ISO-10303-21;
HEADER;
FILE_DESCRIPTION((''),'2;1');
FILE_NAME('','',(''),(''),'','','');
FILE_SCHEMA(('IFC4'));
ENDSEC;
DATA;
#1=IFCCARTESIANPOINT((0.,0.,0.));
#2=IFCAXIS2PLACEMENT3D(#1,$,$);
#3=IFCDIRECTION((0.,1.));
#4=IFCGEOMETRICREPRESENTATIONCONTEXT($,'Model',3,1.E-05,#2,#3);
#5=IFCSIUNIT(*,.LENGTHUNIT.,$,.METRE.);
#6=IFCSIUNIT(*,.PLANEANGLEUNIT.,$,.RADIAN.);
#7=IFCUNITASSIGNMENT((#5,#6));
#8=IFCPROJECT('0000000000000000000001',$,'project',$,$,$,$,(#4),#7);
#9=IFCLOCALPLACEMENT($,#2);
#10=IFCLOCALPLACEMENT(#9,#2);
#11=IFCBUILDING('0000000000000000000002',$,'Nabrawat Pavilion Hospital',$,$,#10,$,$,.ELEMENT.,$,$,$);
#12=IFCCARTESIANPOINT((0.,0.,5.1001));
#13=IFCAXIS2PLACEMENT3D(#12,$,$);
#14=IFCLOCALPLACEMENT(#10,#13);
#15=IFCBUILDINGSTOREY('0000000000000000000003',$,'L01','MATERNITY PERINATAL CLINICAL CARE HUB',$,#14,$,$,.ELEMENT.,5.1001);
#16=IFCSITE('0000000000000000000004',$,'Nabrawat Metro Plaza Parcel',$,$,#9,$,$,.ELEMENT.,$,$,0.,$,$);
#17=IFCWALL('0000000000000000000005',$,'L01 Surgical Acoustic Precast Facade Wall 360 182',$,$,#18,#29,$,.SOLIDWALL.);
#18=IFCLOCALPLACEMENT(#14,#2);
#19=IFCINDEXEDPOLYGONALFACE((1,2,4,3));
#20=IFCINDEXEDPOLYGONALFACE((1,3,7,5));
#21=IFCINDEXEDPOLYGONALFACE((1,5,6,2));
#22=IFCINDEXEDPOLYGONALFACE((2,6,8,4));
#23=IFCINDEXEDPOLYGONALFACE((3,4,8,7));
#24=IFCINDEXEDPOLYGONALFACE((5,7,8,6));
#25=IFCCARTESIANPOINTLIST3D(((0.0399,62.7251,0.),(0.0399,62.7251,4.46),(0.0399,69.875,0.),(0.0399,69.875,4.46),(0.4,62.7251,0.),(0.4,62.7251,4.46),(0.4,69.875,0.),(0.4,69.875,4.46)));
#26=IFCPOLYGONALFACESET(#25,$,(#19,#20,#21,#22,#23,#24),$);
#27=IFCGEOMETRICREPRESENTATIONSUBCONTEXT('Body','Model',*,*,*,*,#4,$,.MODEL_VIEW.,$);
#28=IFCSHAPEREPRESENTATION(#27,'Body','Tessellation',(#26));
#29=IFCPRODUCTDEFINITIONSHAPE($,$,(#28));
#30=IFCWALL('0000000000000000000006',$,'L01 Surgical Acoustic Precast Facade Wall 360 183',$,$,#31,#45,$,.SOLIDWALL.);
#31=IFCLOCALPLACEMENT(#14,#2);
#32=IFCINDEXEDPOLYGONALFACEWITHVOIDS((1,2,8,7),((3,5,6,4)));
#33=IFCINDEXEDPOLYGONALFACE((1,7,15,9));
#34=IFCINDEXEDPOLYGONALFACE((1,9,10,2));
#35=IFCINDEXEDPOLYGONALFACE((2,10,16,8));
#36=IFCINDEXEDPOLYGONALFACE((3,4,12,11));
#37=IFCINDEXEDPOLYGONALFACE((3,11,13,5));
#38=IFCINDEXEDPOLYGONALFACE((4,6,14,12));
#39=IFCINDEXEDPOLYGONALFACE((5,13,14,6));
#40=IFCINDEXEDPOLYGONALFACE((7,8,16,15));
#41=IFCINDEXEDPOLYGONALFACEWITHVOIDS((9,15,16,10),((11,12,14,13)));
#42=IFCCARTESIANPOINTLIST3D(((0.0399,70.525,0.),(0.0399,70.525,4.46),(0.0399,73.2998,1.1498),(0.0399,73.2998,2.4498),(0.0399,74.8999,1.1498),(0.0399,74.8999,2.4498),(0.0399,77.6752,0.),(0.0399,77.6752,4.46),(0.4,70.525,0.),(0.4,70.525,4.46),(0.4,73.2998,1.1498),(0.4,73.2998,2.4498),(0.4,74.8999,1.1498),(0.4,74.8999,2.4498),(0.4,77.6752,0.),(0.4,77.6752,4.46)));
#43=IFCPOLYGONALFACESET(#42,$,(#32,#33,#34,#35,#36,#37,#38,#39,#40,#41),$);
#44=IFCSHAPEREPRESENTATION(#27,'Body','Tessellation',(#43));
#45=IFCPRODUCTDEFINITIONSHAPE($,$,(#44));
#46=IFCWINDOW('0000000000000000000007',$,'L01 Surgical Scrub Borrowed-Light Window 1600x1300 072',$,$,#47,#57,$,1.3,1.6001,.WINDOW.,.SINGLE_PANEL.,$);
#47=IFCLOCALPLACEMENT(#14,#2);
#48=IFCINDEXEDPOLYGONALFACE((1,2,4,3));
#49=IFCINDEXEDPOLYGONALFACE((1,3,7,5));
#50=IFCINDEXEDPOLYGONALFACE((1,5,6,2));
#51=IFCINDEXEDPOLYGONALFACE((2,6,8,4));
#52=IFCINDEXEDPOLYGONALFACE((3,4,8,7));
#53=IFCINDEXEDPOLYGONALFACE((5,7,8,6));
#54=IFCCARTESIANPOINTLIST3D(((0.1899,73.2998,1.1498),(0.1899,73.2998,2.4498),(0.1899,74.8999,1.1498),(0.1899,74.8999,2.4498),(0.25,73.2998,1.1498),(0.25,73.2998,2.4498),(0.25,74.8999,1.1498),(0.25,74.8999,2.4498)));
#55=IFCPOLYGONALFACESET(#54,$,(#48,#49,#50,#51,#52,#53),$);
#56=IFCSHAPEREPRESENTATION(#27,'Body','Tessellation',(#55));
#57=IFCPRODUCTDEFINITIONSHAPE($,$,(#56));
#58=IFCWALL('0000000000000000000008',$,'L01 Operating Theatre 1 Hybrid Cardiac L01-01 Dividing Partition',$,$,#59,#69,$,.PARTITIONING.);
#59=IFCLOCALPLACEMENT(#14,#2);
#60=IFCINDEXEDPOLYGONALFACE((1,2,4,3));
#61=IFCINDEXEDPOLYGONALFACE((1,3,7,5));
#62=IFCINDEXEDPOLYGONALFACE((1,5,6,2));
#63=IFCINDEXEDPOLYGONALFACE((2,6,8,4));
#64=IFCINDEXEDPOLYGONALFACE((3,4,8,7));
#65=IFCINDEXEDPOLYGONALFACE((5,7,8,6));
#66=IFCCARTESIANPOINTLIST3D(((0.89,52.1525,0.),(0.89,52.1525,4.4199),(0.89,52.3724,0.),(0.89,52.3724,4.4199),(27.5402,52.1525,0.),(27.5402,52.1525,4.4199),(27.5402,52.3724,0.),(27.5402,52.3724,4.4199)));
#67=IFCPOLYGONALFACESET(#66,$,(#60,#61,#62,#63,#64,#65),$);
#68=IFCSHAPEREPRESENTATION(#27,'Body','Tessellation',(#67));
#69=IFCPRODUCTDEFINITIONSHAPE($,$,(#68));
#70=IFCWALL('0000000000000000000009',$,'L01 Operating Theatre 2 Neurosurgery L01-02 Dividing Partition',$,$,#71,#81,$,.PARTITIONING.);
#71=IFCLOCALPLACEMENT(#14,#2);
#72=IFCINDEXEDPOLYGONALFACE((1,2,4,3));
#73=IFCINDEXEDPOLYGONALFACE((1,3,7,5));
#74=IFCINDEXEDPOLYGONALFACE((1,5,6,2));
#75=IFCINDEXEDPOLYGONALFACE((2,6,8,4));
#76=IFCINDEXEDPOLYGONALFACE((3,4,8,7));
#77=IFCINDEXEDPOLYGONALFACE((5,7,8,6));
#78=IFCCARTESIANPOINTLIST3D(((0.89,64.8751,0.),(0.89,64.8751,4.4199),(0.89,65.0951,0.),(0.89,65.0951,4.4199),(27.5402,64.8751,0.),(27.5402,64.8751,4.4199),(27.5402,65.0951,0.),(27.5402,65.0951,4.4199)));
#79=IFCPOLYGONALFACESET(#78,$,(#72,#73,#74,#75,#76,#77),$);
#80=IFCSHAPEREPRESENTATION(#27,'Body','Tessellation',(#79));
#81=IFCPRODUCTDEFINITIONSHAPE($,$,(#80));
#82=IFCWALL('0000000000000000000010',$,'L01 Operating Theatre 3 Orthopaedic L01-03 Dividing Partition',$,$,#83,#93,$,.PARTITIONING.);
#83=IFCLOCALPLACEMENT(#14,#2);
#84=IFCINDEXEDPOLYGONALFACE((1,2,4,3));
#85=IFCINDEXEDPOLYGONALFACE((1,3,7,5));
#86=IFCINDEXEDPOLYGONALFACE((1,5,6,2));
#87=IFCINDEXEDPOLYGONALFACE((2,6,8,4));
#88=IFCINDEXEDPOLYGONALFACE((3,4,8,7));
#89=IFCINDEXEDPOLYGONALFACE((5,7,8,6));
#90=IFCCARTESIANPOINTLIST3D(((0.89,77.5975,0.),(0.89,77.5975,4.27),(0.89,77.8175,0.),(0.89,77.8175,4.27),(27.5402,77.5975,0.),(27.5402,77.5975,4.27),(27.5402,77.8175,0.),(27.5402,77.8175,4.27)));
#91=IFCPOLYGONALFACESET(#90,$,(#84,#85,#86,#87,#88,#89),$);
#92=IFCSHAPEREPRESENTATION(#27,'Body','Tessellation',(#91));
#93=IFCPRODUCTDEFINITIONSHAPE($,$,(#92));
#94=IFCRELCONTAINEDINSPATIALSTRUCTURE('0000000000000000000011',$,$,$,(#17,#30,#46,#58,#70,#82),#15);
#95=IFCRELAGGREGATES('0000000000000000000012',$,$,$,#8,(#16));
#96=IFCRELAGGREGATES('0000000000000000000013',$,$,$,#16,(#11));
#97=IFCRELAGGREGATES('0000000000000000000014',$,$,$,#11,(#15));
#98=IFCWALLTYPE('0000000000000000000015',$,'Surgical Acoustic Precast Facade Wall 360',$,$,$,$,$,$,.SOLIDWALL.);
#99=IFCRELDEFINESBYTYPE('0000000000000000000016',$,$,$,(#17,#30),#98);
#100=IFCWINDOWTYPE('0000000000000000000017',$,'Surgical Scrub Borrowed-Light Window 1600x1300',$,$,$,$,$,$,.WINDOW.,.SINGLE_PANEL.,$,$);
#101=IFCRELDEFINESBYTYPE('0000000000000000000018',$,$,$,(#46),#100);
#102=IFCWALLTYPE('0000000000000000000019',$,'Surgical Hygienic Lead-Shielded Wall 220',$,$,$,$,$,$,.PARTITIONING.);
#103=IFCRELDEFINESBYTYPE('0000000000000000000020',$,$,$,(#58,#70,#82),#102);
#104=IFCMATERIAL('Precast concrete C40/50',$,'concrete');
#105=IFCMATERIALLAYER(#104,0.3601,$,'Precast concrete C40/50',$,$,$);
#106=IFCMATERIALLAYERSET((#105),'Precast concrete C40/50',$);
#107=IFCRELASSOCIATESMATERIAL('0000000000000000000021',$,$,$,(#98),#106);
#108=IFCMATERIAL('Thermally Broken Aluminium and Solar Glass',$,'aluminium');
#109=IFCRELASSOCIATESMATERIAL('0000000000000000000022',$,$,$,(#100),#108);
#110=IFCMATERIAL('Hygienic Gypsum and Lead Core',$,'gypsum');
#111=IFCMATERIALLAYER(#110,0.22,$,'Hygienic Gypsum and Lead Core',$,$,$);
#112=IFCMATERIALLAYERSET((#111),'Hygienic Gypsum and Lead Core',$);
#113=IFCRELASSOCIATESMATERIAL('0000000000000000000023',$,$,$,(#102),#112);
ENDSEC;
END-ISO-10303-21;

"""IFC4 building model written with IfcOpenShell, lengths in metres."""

from ifc_helpers import new_model, si_unit, direction, frame, frame_2d, origin, place, context, subcontext, project, spatial, rectangle, extrude, material, layer, layer_set, type_object, element, fill, save


model = new_model("IFC4")

# Units and contexts
model_context = context("Model", 3, precision=1e-05, world=origin(), true_north=direction((0.0, 1.0)))
body_context = subcontext(model_context, "Body", "Model", "MODEL_VIEW")
ifc_project = project(units=[si_unit("LENGTHUNIT", "METRE"), si_unit("PLANEANGLEUNIT", "RADIAN")], contexts=[model_context])

# Site, building, storey
site_placement = place(None, origin())
site = spatial("IfcSite", under=ifc_project, at=site_placement, Name="Nabrawat Metro Plaza Parcel", CompositionType="ELEMENT", RefElevation=0.0)
building_placement = place(site_placement, origin())
building = spatial("IfcBuilding", under=site, at=building_placement, Name="Nabrawat Pavilion Hospital", CompositionType="ELEMENT")
storey_placement = place(building_placement, frame((0.0, 0.0, 5.1001)))
storey = spatial("IfcBuildingStorey", under=building, at=storey_placement, Name="L01", Description="MATERNITY PERINATAL CLINICAL CARE HUB", CompositionType="ELEMENT", Elevation=5.1001)

# Wall
ifc_material_1 = material(Name="Precast concrete C40/50", Category="concrete")
ifc_layer_1 = layer(ifc_material_1, 0.3601, Name="Precast concrete C40/50")
ifc_layer_set_1 = layer_set([ifc_layer_1], Name="Precast concrete C40/50")
wall_type_1 = type_object("IfcWallType", Name="Surgical Acoustic Precast Facade Wall 360", PredefinedType="SOLIDWALL", material=ifc_layer_set_1)
for number, where, z_axis, x_axis, name in (
    (1, (0.22, 62.7251, 0.0), (0.0, 0.0, 1.0), (0.0, 1.0, 0.0), "L01 Surgical Acoustic Precast Facade Wall 360 182"),
):
    element("IfcWall", number, at=place(storey_placement, frame(where, z_axis=z_axis, x_axis=x_axis)), inside=storey, type_object=wall_type_1, Name=name, PredefinedType="SOLIDWALL", context=body_context, shape_type="SweptSolid", body=[
        extrude(rectangle(XDim=7.1499, YDim=0.3601, at=frame_2d((3.575, 0.0))), origin(), (0.0, 0.0, 1.0), 4.46),
    ])

# Wall, opening, window
wall_1_placement = place(storey_placement, frame((0.22, 70.5249, 0.0), z_axis=(0.0, 0.0, 1.0), x_axis=(0.0, 1.0, 0.0)))
wall_1 = element("IfcWall", 2, at=wall_1_placement, inside=storey, type_object=wall_type_1, Name="L01 Surgical Acoustic Precast Facade Wall 360 183", PredefinedType="SOLIDWALL", context=body_context, shape_type="SweptSolid", body=[
    extrude(rectangle(XDim=7.1501, YDim=0.3601, at=frame_2d((3.5752, 0.0))), origin(), (0.0, 0.0, 1.0), 4.46),
])
opening_placement = place(wall_1_placement, frame((2.7749, 0.0, 1.1499)))
opening = element("IfcOpeningElement", 3, at=opening_placement, cuts=wall_1, PredefinedType="OPENING", context=body_context, shape_type="SweptSolid", body=[
    extrude(rectangle(XDim=1.6001, YDim=1.3, at=frame_2d((0.8, 0.6499))), frame((0.0, 0.1899, 0.0), z_axis=(0.0, -1.0, 0.0), x_axis=(1.0, 0.0, 0.0)), (0.0, 0.0, 1.0), 0.3801),
])
ifc_material_2 = material(Name="Thermally Broken Aluminium and Solar Glass", Category="aluminium")
window_type = type_object("IfcWindowType", Name="Surgical Scrub Borrowed-Light Window 1600x1300", PartitioningType="SINGLE_PANEL", PredefinedType="WINDOW", material=ifc_material_2)
window_placement = place(opening_placement, origin())
window = element("IfcWindow", 4, at=window_placement, inside=storey, type_object=window_type, Name="L01 Surgical Scrub Borrowed-Light Window 1600x1300 072", OverallHeight=1.3, OverallWidth=1.6001, PartitioningType="SINGLE_PANEL", PredefinedType="WINDOW", context=body_context, shape_type="SweptSolid", body=[
    extrude(rectangle(XDim=1.6001, YDim=1.3, at=frame_2d((0.8, 0.6499))), frame((0.0, 0.03, 0.0), z_axis=(0.0, -1.0, 0.0), x_axis=(1.0, 0.0, 0.0)), (0.0, 0.0, 1.0), 0.0601),
])
fill(opening, window)

# Walls
ifc_material_3 = material(Name="Hygienic Gypsum and Lead Core", Category="gypsum")
ifc_layer_2 = layer(ifc_material_3, 0.22, Name="Hygienic Gypsum and Lead Core")
ifc_layer_set_2 = layer_set([ifc_layer_2], Name="Hygienic Gypsum and Lead Core")
wall_type_2 = type_object("IfcWallType", Name="Surgical Hygienic Lead-Shielded Wall 220", PredefinedType="PARTITIONING", material=ifc_layer_set_2)
for number, where, z_axis, x_axis, name in (
    (5, (0.8899, 52.2625, 0.0), (0.0, 0.0, 1.0), (1.0, 0.0, 0.0), "L01 Operating Theatre 1 Hybrid Cardiac L01-01 Dividing Partition"),
    (6, (0.8899, 64.9851, 0.0), (0.0, 0.0, 1.0), (1.0, 0.0, 0.0), "L01 Operating Theatre 2 Neurosurgery L01-02 Dividing Partition"),
):
    element("IfcWall", number, at=place(storey_placement, frame(where, z_axis=z_axis, x_axis=x_axis)), inside=storey, type_object=wall_type_2, Name=name, PredefinedType="PARTITIONING", context=body_context, shape_type="SweptSolid", body=[
        extrude(rectangle(XDim=26.6501, YDim=0.22, at=frame_2d((13.3252, 0.0))), origin(), (0.0, 0.0, 1.0), 4.4199),
    ])
wall_2_placement = place(storey_placement, frame((0.8899, 77.7075, 0.0), z_axis=(0.0, 0.0, 1.0), x_axis=(1.0, 0.0, 0.0)))
element("IfcWall", 7, at=wall_2_placement, inside=storey, type_object=wall_type_2, Name="L01 Operating Theatre 3 Orthopaedic L01-03 Dividing Partition", PredefinedType="PARTITIONING", context=body_context, shape_type="SweptSolid", body=[
    extrude(rectangle(XDim=26.6501, YDim=0.22, at=frame_2d((13.3252, 0.0))), origin(), (0.0, 0.0, 1.0), 4.27),
])

save(model, "model.ifc")
